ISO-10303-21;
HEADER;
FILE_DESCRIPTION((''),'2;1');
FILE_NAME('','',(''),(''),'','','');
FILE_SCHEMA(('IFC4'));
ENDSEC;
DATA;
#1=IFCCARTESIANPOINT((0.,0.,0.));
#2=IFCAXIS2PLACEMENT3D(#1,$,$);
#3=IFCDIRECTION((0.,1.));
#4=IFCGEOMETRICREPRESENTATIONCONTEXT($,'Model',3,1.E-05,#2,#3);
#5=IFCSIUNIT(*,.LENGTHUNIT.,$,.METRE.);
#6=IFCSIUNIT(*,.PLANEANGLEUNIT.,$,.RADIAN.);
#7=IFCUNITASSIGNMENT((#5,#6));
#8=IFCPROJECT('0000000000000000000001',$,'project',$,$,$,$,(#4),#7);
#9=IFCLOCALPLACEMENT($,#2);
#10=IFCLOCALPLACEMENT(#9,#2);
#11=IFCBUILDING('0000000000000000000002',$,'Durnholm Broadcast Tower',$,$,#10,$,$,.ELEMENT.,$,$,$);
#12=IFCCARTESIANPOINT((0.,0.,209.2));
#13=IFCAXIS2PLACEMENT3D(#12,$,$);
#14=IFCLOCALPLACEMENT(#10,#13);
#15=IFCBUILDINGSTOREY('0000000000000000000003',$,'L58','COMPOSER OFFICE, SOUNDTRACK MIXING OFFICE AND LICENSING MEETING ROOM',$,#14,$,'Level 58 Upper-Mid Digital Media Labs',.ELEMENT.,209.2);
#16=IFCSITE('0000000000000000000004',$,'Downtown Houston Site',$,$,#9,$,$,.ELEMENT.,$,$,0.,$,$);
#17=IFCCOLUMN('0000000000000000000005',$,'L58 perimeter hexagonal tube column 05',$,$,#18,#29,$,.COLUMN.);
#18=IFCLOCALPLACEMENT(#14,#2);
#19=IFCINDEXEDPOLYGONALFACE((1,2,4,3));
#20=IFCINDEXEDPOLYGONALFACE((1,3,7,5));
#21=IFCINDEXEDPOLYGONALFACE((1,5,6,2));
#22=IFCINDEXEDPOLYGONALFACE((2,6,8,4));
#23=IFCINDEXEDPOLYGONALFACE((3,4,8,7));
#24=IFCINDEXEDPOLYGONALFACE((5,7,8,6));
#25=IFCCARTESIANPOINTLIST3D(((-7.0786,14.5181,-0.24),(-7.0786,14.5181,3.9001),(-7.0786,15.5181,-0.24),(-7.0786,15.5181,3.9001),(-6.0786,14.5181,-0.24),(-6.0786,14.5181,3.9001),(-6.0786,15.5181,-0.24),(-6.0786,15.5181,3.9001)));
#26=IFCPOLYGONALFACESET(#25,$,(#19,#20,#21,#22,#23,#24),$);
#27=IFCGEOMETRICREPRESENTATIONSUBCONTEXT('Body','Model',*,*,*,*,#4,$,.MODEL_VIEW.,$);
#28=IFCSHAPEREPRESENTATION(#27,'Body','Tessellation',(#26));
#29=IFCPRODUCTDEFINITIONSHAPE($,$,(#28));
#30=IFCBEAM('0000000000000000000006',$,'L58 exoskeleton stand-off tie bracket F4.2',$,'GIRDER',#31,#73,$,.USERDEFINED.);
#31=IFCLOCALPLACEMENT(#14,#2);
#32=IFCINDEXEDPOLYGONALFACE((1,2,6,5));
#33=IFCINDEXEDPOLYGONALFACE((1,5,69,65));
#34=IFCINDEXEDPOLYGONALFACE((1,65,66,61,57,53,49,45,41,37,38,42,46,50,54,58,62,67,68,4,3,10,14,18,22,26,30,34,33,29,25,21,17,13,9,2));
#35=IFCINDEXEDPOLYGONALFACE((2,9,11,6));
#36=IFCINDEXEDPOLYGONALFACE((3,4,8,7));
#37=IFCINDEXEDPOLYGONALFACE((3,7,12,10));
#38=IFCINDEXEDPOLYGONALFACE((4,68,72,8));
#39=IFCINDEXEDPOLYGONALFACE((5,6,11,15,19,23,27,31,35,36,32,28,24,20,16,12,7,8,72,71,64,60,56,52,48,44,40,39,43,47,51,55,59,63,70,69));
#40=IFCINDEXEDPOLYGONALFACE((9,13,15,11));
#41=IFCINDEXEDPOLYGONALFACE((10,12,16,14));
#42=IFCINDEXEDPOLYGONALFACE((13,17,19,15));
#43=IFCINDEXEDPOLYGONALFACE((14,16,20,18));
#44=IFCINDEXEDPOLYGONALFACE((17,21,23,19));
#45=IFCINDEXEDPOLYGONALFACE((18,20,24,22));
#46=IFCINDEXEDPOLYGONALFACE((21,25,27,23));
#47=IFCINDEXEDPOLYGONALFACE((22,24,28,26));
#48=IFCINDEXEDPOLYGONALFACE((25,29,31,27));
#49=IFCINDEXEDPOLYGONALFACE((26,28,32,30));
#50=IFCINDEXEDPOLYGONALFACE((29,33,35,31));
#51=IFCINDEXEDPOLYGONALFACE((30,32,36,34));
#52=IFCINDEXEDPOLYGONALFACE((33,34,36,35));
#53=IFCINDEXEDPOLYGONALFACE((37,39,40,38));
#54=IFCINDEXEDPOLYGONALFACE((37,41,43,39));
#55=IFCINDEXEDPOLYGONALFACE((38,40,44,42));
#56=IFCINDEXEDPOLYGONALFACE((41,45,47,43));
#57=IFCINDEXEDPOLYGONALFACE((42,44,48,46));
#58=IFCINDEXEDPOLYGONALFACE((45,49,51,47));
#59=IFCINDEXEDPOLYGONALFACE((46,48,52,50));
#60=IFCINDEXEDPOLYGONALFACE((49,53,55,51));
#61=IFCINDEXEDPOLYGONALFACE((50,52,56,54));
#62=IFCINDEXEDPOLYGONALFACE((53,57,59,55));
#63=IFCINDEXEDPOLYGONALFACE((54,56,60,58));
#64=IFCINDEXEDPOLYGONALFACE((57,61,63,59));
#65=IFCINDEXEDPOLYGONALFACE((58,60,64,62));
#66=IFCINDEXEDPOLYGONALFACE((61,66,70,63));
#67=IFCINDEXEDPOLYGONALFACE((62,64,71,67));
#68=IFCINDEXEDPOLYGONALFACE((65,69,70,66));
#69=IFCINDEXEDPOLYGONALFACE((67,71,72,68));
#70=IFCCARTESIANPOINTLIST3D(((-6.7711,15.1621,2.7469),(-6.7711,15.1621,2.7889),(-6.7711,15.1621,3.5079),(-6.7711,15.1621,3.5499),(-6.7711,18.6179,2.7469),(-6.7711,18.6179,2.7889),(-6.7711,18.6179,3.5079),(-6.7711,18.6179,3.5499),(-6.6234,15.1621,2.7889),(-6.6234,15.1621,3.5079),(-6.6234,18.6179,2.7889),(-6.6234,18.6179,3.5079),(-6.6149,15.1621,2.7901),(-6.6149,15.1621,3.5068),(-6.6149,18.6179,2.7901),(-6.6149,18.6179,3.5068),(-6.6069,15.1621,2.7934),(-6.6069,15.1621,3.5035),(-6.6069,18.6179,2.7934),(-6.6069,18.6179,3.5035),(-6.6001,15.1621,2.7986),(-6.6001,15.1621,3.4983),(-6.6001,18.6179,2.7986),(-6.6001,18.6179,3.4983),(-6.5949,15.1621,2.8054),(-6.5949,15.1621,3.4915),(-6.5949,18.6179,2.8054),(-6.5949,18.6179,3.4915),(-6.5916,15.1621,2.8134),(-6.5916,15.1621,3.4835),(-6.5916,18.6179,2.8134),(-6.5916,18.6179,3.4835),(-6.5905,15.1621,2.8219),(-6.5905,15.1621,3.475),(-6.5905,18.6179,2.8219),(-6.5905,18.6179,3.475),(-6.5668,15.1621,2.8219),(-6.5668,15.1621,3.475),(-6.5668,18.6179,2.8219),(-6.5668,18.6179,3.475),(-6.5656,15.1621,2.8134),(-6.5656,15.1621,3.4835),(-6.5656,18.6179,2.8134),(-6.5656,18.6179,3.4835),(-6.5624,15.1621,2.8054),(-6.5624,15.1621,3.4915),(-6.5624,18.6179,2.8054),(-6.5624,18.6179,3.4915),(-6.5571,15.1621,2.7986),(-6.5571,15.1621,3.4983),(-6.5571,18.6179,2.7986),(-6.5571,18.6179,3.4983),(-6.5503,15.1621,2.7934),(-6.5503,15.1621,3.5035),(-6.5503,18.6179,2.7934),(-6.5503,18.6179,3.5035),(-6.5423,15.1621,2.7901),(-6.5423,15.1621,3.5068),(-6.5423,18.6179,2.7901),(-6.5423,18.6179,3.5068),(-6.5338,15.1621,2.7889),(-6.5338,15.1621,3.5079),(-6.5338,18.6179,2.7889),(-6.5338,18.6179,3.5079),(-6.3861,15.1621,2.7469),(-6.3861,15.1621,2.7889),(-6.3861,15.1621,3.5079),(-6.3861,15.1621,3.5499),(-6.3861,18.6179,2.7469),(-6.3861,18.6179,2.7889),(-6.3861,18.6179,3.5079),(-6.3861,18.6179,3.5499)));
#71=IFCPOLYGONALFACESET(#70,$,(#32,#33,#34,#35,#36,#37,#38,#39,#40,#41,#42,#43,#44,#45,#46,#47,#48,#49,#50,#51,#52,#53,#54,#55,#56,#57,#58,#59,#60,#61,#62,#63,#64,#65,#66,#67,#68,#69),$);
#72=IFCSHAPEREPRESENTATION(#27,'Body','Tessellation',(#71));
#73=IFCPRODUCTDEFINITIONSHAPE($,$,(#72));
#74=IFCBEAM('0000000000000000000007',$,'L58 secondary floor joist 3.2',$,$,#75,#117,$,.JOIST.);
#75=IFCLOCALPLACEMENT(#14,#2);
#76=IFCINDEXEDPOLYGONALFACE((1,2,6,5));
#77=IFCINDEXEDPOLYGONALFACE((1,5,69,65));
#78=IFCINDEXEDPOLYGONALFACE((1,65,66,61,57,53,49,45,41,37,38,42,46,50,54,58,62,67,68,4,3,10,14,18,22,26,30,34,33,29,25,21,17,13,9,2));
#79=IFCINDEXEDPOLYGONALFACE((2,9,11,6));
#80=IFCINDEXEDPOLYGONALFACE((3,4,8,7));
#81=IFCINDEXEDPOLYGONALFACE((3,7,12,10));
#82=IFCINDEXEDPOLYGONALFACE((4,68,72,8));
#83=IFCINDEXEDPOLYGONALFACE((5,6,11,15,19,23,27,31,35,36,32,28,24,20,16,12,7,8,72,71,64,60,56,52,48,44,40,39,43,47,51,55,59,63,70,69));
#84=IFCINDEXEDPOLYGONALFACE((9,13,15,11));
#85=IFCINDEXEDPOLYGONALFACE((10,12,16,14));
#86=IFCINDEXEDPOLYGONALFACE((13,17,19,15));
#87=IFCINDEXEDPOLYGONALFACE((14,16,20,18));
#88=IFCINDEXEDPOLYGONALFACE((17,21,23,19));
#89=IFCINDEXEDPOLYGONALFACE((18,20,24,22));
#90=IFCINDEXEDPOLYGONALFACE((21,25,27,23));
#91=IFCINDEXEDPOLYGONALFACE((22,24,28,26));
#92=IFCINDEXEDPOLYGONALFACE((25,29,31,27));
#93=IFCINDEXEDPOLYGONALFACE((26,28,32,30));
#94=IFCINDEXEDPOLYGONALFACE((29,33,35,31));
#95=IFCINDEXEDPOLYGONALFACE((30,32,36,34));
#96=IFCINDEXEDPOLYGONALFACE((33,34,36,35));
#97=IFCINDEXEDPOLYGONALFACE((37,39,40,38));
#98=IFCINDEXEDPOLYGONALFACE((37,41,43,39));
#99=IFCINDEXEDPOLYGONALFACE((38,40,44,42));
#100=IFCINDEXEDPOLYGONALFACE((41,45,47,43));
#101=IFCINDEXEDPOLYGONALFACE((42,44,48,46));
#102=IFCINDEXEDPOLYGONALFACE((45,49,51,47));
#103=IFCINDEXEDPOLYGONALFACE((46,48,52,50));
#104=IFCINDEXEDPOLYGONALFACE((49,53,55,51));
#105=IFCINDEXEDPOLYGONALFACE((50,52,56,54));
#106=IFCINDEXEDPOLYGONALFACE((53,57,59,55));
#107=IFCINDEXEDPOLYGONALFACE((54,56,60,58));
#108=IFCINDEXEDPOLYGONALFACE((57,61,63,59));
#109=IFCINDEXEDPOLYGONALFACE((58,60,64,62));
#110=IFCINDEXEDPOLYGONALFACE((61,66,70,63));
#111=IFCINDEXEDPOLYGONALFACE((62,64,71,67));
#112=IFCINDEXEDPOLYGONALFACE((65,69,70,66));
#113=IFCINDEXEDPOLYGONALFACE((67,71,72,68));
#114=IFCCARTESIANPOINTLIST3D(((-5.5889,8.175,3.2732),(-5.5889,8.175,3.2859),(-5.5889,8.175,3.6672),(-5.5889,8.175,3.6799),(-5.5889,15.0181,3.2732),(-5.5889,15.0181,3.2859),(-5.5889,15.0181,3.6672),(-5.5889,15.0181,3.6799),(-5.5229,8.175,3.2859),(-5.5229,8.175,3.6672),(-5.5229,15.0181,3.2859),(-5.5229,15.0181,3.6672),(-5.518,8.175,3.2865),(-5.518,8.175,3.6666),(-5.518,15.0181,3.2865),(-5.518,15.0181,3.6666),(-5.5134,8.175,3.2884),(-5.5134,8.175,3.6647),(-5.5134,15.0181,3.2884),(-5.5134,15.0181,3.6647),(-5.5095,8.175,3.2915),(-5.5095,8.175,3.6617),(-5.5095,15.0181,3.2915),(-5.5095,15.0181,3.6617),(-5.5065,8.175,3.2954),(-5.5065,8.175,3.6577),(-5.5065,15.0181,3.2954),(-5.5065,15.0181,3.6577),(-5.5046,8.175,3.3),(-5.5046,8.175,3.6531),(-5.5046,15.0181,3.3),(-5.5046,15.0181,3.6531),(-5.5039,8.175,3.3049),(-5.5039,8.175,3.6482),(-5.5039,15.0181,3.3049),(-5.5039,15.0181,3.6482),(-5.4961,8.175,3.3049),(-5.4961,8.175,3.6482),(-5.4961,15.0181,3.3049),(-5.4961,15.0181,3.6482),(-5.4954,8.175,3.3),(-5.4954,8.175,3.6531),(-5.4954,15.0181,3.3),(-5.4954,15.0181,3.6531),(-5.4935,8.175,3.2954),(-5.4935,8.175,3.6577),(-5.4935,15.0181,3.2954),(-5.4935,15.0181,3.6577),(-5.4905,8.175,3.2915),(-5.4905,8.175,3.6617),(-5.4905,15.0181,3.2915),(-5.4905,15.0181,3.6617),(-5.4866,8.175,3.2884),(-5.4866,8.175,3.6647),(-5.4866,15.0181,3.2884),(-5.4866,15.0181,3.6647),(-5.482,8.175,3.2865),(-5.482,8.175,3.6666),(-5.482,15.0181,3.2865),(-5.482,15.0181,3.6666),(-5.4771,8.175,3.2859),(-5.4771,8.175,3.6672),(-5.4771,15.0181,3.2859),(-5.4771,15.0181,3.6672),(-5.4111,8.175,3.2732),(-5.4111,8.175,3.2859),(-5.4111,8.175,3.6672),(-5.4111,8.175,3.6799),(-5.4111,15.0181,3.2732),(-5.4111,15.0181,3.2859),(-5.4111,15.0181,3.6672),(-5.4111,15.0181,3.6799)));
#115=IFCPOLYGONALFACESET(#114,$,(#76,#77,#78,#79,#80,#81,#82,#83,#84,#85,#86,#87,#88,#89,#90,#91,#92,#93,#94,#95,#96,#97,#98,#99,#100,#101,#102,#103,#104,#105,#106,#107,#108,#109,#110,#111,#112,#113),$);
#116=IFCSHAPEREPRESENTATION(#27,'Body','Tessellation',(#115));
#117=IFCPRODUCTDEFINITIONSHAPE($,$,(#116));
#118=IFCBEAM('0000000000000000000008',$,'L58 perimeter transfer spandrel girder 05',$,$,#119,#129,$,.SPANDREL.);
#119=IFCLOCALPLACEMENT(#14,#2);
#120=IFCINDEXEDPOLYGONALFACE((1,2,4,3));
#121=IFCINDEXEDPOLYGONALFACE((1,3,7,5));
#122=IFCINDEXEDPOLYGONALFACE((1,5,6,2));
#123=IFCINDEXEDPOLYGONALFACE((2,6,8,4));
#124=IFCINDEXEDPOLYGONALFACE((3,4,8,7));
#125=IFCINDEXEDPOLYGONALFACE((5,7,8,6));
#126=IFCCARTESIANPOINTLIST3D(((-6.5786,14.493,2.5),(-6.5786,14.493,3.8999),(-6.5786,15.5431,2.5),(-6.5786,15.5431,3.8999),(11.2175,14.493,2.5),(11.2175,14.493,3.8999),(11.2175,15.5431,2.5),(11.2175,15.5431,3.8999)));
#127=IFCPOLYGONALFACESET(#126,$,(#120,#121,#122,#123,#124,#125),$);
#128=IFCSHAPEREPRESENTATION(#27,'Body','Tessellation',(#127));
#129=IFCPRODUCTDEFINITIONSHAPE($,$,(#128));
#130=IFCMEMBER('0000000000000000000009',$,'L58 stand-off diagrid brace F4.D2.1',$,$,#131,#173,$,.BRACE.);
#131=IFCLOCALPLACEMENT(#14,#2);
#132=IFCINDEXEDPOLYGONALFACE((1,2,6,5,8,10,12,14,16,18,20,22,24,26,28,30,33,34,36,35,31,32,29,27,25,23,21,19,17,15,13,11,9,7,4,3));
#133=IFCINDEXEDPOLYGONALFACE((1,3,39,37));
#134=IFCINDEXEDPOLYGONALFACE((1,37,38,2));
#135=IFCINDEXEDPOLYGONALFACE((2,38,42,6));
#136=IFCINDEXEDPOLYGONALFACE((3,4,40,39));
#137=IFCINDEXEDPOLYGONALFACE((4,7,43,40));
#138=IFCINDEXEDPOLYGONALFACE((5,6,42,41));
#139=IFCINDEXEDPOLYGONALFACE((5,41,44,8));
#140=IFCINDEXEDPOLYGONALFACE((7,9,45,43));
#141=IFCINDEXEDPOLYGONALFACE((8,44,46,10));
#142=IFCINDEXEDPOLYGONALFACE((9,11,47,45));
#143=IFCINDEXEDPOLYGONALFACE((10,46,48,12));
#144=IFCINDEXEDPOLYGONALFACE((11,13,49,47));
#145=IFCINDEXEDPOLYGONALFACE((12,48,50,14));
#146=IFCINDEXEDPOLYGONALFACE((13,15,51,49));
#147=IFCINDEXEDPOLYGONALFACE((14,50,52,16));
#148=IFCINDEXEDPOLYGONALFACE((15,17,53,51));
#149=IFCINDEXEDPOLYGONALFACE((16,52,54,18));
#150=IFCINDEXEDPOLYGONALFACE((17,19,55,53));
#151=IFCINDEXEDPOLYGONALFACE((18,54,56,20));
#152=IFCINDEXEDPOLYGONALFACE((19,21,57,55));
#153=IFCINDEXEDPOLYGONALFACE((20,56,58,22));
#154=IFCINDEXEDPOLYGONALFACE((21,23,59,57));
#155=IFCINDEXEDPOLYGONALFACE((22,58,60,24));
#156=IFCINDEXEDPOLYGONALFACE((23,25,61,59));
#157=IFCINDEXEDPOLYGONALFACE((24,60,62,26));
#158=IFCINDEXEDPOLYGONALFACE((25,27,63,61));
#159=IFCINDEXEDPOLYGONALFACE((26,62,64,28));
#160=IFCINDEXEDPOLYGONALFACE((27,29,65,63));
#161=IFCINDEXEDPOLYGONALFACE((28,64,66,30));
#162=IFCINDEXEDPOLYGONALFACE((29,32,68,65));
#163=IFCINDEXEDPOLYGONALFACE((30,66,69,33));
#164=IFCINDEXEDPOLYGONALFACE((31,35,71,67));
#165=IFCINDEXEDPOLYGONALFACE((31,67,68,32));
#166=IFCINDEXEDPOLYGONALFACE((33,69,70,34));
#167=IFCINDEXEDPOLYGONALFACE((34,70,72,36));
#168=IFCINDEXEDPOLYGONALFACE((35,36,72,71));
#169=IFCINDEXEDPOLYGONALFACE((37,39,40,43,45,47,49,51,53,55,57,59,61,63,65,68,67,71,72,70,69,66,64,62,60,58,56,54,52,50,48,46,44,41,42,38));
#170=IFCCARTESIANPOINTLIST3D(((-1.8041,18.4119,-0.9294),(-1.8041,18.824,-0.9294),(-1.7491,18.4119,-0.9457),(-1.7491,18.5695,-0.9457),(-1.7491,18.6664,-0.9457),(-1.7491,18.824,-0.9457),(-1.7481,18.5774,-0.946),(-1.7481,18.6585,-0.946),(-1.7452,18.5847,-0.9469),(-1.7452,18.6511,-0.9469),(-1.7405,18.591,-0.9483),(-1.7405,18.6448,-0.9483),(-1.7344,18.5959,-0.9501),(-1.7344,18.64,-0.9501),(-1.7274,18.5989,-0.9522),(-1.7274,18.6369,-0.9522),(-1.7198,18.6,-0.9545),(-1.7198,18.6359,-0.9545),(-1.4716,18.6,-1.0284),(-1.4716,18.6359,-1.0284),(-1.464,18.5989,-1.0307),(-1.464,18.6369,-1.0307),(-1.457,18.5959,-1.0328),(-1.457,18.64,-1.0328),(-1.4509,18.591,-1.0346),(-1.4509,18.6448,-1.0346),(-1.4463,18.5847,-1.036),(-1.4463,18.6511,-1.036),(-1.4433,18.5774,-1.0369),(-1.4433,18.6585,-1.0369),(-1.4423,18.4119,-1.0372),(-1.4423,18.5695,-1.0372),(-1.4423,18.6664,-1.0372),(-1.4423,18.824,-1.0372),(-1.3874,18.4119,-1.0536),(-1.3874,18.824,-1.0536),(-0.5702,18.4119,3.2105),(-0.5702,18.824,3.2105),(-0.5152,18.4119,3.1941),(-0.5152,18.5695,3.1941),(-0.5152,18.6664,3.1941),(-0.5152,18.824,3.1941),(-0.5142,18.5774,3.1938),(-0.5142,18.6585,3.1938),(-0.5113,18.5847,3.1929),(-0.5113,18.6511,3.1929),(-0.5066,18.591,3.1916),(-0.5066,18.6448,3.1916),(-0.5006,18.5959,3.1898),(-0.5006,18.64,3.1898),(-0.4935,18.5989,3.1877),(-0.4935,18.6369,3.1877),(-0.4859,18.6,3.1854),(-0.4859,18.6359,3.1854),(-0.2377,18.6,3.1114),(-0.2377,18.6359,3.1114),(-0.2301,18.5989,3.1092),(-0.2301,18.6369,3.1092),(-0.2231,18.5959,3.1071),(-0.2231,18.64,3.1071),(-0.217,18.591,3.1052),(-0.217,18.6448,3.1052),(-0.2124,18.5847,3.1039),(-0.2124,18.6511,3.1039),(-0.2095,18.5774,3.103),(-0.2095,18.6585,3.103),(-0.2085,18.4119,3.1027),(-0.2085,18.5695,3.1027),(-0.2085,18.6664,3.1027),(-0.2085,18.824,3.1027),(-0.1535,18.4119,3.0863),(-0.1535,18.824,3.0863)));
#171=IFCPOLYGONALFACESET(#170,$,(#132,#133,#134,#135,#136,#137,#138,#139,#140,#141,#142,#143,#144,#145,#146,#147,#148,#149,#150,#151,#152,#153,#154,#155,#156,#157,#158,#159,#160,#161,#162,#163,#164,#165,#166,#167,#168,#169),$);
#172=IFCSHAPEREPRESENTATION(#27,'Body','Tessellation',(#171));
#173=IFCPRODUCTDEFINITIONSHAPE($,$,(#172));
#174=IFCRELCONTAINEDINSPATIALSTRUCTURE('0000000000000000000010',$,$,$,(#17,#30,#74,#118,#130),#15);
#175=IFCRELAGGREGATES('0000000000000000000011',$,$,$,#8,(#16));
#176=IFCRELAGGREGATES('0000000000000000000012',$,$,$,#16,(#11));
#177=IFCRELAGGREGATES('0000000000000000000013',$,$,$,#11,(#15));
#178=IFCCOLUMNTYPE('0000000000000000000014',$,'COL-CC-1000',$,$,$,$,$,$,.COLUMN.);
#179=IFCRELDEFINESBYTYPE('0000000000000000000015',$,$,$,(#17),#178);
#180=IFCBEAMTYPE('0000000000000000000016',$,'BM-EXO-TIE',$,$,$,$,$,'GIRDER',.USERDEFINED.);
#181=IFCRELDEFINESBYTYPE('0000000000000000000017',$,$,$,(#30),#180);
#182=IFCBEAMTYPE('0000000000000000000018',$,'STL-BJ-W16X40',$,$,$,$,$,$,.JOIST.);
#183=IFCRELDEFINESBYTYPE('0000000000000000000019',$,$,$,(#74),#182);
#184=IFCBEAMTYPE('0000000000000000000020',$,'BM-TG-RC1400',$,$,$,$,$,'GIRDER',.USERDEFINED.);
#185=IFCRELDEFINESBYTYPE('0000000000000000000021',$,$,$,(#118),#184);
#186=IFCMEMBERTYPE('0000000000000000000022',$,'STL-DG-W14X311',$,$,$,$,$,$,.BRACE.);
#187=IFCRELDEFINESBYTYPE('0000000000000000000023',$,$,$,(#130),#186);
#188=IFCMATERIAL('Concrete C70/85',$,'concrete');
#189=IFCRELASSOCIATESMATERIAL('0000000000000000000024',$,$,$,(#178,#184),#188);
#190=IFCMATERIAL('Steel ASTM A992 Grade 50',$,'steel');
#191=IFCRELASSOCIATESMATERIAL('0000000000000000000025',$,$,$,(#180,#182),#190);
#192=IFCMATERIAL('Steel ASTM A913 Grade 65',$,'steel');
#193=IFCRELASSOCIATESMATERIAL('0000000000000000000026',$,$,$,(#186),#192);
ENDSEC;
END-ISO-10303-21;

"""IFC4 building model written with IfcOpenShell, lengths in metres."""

from ifc_helpers import new_model, si_unit, direction, frame, origin, origin_2d, place, context, subcontext, project, spatial, rectangle, i_section, extrude, source, transform, mapped, material, material_profile, profile_set, type_object, type_shapes, element, save


model = new_model("IFC4")

# Units and contexts
model_context = context("Model", 3, precision=1e-05, world=origin(), true_north=direction((0.0, 1.0)))
body_context = subcontext(model_context, "Body", "Model", "MODEL_VIEW")
ifc_project = project(units=[si_unit("LENGTHUNIT", "METRE"), si_unit("PLANEANGLEUNIT", "RADIAN")], contexts=[model_context])

# Site, building, storey
site_placement = place(None, origin())
site = spatial("IfcSite", under=ifc_project, at=site_placement, Name="Downtown Houston Site", CompositionType="ELEMENT", RefElevation=0.0)
building_placement = place(site_placement, origin())
building = spatial("IfcBuilding", under=site, at=building_placement, Name="Durnholm Broadcast Tower", CompositionType="ELEMENT")
storey_placement = place(building_placement, frame((0.0, 0.0, 209.2)))
storey = spatial("IfcBuildingStorey", under=building, at=storey_placement, Name="L58", Description="COMPOSER OFFICE, SOUNDTRACK MIXING OFFICE AND LICENSING MEETING ROOM", LongName="Level 58 Upper-Mid Digital Media Labs", CompositionType="ELEMENT", Elevation=209.2)

# Column
ifc_material_1 = material(Name="Concrete C70/85", Category="concrete")
ifc_material_profile_1 = material_profile(ifc_material_1, rectangle(XDim=1.0, YDim=1.0, at=origin_2d()), Name="RC1000X1000")
ifc_profile_set_1 = profile_set([ifc_material_profile_1], Name="Concrete C70/85")
column_type = type_object("IfcColumnType", Name="COL-CC-1000", PredefinedType="COLUMN", material=ifc_profile_set_1)
shared_shape_1 = source(origin(), body_context, "Body", "SweptSolid", [
    extrude(rectangle(XDim=1.0, YDim=1.0, at=origin_2d()), origin(), (0.0, 0.0, 1.0), 4.1401),
])
type_shapes(column_type, [shared_shape_1])
column_placement = place(storey_placement, frame((-6.5786, 15.0181, -0.24), z_axis=(0.0, 0.0, 1.0), x_axis=(1.0, 0.0, 0.0)))
element("IfcColumn", 1, at=column_placement, inside=storey, type_object=column_type, Name="L58 perimeter hexagonal tube column 05", PredefinedType="COLUMN", context=body_context, shape_type="MappedRepresentation", body=[
    mapped(shared_shape_1, transform((0.0, 0.0, 0.0), x_axis=(1.0, 0.0, 0.0), y_axis=(0.0, 1.0, 0.0), z_axis=(0.0, 0.0, 1.0), scale=1.0)),
])

# Beams
ifc_material_2 = material(Name="Steel ASTM A992 Grade 50", Category="steel")
ifc_material_profile_2 = material_profile(ifc_material_2, i_section(OverallWidth=0.385, OverallDepth=0.803, WebThickness=0.0237, FlangeThickness=0.042, FilletRadius=0.033, at=origin_2d()), Name="W30X261")
ifc_profile_set_2 = profile_set([ifc_material_profile_2], Name="Steel ASTM A992 Grade 50")
beam_type_1 = type_object("IfcBeamType", Name="BM-EXO-TIE", ElementType="GIRDER", PredefinedType="USERDEFINED", material=ifc_profile_set_2)
shared_shape_2 = source(origin(), body_context, "Body", "SweptSolid", [
    extrude(i_section(OverallWidth=0.385, OverallDepth=0.803, WebThickness=0.0237, FlangeThickness=0.042, FilletRadius=0.033, at=origin_2d()), origin(), (0.0, 0.0, 1.0), 3.4558),
])
type_shapes(beam_type_1, [shared_shape_2])
beam_1_placement = place(storey_placement, frame((-6.5786, 15.1621, 3.1484), z_axis=(0.0, 1.0, 0.0), x_axis=(-1.0, 0.0, 0.0)))
element("IfcBeam", 2, at=beam_1_placement, inside=storey, type_object=beam_type_1, Name="L58 exoskeleton stand-off tie bracket F4.2", ObjectType="GIRDER", PredefinedType="USERDEFINED", context=body_context, shape_type="MappedRepresentation", body=[
    mapped(shared_shape_2, transform((0.0, 0.0, 0.0), x_axis=(1.0, 0.0, 0.0), y_axis=(0.0, 1.0, 0.0), z_axis=(0.0, 0.0, 1.0), scale=1.0)),
])
ifc_material_profile_3 = material_profile(ifc_material_2, i_section(OverallWidth=0.1777, OverallDepth=0.4067, WebThickness=0.0078, FlangeThickness=0.0127, FilletRadius=0.019, at=origin_2d()), Name="W16X40")
ifc_profile_set_3 = profile_set([ifc_material_profile_3], Name="Steel ASTM A992 Grade 50")
beam_type_2 = type_object("IfcBeamType", Name="STL-BJ-W16X40", PredefinedType="JOIST", material=ifc_profile_set_3)
shared_shape_3 = source(origin(), body_context, "Body", "SweptSolid", [
    extrude(i_section(OverallWidth=0.1777, OverallDepth=0.4067, WebThickness=0.0078, FlangeThickness=0.0127, FilletRadius=0.019, at=origin_2d()), origin(), (0.0, 0.0, 1.0), 6.843),
])
type_shapes(beam_type_2, [shared_shape_3])
beam_2_placement = place(storey_placement, frame((-5.5, 8.175, 3.4766), z_axis=(0.0, 1.0, 0.0), x_axis=(-1.0, 0.0, 0.0)))
element("IfcBeam", 3, at=beam_2_placement, inside=storey, type_object=beam_type_2, Name="L58 secondary floor joist 3.2", PredefinedType="JOIST", context=body_context, shape_type="MappedRepresentation", body=[
    mapped(shared_shape_3, transform((0.0, 0.0, 0.0), x_axis=(1.0, 0.0, 0.0), y_axis=(0.0, 1.0, 0.0), z_axis=(0.0, 0.0, 1.0), scale=1.0)),
])
ifc_material_profile_4 = material_profile(ifc_material_1, rectangle(XDim=1.05, YDim=1.3999, at=origin_2d()), Name="RC1050X1400")
ifc_profile_set_4 = profile_set([ifc_material_profile_4], Name="Concrete C70/85")
beam_type_3 = type_object("IfcBeamType", Name="BM-TG-RC1400", ElementType="GIRDER", PredefinedType="USERDEFINED", material=ifc_profile_set_4)
shared_shape_4 = source(origin(), body_context, "Body", "SweptSolid", [
    extrude(rectangle(XDim=1.05, YDim=1.3999, at=origin_2d()), origin(), (0.0, 0.0, 1.0), 17.7961),
])
type_shapes(beam_type_3, [shared_shape_4])
beam_3_placement = place(storey_placement, frame((-6.5786, 15.0181, 3.2), z_axis=(1.0, 0.0, 0.0), x_axis=(0.0, 1.0, 0.0)))
element("IfcBeam", 4, at=beam_3_placement, inside=storey, type_object=beam_type_3, Name="L58 perimeter transfer spandrel girder 05", PredefinedType="SPANDREL", context=body_context, shape_type="MappedRepresentation", body=[
    mapped(shared_shape_4, transform((0.0, 0.0, 0.0), x_axis=(1.0, 0.0, 0.0), y_axis=(0.0, 1.0, 0.0), z_axis=(0.0, 0.0, 1.0), scale=1.0)),
])

# Member
ifc_material_3 = material(Name="Steel ASTM A913 Grade 65", Category="steel")
ifc_material_profile_5 = material_profile(ifc_material_3, i_section(OverallWidth=0.4121, OverallDepth=0.4348, WebThickness=0.0359, FlangeThickness=0.0574, FilletRadius=0.0305, at=origin_2d()), Name="W14X311")
ifc_profile_set_5 = profile_set([ifc_material_profile_5], Name="Steel ASTM A913 Grade 65")
member_type_1 = type_object("IfcMemberType", Name="STL-DG-W14X311", PredefinedType="BRACE", material=ifc_profile_set_5)
shared_shape_5 = source(origin(), body_context, "Body", "SweptSolid", [
    extrude(i_section(OverallWidth=0.4121, OverallDepth=0.4348, WebThickness=0.0359, FlangeThickness=0.0574, FilletRadius=0.0305, at=origin_2d()), origin(), (0.0, 0.0, 1.0), 4.3198),
])
type_shapes(member_type_1, [shared_shape_5])
for number, where, z_axis, x_axis, name in (
    (5, (-1.5957, 18.6179, -0.9915), (0.285631, 0.0, 0.95834), (0.0, 1.0, 0.0), "L58 stand-off diagrid brace F4.D2.1"),
):
    element("IfcMember", number, at=place(storey_placement, frame(where, z_axis=z_axis, x_axis=x_axis)), inside=storey, type_object=member_type_1, Name=name, PredefinedType="BRACE", context=body_context, shape_type="MappedRepresentation", body=[
        mapped(shared_shape_5, transform((0.0, 0.0, 0.0), x_axis=(1.0, 0.0, 0.0), y_axis=(0.0, 1.0, 0.0), z_axis=(0.0, 0.0, 1.0), scale=1.0)),
    ])

save(model, "model.ifc")
